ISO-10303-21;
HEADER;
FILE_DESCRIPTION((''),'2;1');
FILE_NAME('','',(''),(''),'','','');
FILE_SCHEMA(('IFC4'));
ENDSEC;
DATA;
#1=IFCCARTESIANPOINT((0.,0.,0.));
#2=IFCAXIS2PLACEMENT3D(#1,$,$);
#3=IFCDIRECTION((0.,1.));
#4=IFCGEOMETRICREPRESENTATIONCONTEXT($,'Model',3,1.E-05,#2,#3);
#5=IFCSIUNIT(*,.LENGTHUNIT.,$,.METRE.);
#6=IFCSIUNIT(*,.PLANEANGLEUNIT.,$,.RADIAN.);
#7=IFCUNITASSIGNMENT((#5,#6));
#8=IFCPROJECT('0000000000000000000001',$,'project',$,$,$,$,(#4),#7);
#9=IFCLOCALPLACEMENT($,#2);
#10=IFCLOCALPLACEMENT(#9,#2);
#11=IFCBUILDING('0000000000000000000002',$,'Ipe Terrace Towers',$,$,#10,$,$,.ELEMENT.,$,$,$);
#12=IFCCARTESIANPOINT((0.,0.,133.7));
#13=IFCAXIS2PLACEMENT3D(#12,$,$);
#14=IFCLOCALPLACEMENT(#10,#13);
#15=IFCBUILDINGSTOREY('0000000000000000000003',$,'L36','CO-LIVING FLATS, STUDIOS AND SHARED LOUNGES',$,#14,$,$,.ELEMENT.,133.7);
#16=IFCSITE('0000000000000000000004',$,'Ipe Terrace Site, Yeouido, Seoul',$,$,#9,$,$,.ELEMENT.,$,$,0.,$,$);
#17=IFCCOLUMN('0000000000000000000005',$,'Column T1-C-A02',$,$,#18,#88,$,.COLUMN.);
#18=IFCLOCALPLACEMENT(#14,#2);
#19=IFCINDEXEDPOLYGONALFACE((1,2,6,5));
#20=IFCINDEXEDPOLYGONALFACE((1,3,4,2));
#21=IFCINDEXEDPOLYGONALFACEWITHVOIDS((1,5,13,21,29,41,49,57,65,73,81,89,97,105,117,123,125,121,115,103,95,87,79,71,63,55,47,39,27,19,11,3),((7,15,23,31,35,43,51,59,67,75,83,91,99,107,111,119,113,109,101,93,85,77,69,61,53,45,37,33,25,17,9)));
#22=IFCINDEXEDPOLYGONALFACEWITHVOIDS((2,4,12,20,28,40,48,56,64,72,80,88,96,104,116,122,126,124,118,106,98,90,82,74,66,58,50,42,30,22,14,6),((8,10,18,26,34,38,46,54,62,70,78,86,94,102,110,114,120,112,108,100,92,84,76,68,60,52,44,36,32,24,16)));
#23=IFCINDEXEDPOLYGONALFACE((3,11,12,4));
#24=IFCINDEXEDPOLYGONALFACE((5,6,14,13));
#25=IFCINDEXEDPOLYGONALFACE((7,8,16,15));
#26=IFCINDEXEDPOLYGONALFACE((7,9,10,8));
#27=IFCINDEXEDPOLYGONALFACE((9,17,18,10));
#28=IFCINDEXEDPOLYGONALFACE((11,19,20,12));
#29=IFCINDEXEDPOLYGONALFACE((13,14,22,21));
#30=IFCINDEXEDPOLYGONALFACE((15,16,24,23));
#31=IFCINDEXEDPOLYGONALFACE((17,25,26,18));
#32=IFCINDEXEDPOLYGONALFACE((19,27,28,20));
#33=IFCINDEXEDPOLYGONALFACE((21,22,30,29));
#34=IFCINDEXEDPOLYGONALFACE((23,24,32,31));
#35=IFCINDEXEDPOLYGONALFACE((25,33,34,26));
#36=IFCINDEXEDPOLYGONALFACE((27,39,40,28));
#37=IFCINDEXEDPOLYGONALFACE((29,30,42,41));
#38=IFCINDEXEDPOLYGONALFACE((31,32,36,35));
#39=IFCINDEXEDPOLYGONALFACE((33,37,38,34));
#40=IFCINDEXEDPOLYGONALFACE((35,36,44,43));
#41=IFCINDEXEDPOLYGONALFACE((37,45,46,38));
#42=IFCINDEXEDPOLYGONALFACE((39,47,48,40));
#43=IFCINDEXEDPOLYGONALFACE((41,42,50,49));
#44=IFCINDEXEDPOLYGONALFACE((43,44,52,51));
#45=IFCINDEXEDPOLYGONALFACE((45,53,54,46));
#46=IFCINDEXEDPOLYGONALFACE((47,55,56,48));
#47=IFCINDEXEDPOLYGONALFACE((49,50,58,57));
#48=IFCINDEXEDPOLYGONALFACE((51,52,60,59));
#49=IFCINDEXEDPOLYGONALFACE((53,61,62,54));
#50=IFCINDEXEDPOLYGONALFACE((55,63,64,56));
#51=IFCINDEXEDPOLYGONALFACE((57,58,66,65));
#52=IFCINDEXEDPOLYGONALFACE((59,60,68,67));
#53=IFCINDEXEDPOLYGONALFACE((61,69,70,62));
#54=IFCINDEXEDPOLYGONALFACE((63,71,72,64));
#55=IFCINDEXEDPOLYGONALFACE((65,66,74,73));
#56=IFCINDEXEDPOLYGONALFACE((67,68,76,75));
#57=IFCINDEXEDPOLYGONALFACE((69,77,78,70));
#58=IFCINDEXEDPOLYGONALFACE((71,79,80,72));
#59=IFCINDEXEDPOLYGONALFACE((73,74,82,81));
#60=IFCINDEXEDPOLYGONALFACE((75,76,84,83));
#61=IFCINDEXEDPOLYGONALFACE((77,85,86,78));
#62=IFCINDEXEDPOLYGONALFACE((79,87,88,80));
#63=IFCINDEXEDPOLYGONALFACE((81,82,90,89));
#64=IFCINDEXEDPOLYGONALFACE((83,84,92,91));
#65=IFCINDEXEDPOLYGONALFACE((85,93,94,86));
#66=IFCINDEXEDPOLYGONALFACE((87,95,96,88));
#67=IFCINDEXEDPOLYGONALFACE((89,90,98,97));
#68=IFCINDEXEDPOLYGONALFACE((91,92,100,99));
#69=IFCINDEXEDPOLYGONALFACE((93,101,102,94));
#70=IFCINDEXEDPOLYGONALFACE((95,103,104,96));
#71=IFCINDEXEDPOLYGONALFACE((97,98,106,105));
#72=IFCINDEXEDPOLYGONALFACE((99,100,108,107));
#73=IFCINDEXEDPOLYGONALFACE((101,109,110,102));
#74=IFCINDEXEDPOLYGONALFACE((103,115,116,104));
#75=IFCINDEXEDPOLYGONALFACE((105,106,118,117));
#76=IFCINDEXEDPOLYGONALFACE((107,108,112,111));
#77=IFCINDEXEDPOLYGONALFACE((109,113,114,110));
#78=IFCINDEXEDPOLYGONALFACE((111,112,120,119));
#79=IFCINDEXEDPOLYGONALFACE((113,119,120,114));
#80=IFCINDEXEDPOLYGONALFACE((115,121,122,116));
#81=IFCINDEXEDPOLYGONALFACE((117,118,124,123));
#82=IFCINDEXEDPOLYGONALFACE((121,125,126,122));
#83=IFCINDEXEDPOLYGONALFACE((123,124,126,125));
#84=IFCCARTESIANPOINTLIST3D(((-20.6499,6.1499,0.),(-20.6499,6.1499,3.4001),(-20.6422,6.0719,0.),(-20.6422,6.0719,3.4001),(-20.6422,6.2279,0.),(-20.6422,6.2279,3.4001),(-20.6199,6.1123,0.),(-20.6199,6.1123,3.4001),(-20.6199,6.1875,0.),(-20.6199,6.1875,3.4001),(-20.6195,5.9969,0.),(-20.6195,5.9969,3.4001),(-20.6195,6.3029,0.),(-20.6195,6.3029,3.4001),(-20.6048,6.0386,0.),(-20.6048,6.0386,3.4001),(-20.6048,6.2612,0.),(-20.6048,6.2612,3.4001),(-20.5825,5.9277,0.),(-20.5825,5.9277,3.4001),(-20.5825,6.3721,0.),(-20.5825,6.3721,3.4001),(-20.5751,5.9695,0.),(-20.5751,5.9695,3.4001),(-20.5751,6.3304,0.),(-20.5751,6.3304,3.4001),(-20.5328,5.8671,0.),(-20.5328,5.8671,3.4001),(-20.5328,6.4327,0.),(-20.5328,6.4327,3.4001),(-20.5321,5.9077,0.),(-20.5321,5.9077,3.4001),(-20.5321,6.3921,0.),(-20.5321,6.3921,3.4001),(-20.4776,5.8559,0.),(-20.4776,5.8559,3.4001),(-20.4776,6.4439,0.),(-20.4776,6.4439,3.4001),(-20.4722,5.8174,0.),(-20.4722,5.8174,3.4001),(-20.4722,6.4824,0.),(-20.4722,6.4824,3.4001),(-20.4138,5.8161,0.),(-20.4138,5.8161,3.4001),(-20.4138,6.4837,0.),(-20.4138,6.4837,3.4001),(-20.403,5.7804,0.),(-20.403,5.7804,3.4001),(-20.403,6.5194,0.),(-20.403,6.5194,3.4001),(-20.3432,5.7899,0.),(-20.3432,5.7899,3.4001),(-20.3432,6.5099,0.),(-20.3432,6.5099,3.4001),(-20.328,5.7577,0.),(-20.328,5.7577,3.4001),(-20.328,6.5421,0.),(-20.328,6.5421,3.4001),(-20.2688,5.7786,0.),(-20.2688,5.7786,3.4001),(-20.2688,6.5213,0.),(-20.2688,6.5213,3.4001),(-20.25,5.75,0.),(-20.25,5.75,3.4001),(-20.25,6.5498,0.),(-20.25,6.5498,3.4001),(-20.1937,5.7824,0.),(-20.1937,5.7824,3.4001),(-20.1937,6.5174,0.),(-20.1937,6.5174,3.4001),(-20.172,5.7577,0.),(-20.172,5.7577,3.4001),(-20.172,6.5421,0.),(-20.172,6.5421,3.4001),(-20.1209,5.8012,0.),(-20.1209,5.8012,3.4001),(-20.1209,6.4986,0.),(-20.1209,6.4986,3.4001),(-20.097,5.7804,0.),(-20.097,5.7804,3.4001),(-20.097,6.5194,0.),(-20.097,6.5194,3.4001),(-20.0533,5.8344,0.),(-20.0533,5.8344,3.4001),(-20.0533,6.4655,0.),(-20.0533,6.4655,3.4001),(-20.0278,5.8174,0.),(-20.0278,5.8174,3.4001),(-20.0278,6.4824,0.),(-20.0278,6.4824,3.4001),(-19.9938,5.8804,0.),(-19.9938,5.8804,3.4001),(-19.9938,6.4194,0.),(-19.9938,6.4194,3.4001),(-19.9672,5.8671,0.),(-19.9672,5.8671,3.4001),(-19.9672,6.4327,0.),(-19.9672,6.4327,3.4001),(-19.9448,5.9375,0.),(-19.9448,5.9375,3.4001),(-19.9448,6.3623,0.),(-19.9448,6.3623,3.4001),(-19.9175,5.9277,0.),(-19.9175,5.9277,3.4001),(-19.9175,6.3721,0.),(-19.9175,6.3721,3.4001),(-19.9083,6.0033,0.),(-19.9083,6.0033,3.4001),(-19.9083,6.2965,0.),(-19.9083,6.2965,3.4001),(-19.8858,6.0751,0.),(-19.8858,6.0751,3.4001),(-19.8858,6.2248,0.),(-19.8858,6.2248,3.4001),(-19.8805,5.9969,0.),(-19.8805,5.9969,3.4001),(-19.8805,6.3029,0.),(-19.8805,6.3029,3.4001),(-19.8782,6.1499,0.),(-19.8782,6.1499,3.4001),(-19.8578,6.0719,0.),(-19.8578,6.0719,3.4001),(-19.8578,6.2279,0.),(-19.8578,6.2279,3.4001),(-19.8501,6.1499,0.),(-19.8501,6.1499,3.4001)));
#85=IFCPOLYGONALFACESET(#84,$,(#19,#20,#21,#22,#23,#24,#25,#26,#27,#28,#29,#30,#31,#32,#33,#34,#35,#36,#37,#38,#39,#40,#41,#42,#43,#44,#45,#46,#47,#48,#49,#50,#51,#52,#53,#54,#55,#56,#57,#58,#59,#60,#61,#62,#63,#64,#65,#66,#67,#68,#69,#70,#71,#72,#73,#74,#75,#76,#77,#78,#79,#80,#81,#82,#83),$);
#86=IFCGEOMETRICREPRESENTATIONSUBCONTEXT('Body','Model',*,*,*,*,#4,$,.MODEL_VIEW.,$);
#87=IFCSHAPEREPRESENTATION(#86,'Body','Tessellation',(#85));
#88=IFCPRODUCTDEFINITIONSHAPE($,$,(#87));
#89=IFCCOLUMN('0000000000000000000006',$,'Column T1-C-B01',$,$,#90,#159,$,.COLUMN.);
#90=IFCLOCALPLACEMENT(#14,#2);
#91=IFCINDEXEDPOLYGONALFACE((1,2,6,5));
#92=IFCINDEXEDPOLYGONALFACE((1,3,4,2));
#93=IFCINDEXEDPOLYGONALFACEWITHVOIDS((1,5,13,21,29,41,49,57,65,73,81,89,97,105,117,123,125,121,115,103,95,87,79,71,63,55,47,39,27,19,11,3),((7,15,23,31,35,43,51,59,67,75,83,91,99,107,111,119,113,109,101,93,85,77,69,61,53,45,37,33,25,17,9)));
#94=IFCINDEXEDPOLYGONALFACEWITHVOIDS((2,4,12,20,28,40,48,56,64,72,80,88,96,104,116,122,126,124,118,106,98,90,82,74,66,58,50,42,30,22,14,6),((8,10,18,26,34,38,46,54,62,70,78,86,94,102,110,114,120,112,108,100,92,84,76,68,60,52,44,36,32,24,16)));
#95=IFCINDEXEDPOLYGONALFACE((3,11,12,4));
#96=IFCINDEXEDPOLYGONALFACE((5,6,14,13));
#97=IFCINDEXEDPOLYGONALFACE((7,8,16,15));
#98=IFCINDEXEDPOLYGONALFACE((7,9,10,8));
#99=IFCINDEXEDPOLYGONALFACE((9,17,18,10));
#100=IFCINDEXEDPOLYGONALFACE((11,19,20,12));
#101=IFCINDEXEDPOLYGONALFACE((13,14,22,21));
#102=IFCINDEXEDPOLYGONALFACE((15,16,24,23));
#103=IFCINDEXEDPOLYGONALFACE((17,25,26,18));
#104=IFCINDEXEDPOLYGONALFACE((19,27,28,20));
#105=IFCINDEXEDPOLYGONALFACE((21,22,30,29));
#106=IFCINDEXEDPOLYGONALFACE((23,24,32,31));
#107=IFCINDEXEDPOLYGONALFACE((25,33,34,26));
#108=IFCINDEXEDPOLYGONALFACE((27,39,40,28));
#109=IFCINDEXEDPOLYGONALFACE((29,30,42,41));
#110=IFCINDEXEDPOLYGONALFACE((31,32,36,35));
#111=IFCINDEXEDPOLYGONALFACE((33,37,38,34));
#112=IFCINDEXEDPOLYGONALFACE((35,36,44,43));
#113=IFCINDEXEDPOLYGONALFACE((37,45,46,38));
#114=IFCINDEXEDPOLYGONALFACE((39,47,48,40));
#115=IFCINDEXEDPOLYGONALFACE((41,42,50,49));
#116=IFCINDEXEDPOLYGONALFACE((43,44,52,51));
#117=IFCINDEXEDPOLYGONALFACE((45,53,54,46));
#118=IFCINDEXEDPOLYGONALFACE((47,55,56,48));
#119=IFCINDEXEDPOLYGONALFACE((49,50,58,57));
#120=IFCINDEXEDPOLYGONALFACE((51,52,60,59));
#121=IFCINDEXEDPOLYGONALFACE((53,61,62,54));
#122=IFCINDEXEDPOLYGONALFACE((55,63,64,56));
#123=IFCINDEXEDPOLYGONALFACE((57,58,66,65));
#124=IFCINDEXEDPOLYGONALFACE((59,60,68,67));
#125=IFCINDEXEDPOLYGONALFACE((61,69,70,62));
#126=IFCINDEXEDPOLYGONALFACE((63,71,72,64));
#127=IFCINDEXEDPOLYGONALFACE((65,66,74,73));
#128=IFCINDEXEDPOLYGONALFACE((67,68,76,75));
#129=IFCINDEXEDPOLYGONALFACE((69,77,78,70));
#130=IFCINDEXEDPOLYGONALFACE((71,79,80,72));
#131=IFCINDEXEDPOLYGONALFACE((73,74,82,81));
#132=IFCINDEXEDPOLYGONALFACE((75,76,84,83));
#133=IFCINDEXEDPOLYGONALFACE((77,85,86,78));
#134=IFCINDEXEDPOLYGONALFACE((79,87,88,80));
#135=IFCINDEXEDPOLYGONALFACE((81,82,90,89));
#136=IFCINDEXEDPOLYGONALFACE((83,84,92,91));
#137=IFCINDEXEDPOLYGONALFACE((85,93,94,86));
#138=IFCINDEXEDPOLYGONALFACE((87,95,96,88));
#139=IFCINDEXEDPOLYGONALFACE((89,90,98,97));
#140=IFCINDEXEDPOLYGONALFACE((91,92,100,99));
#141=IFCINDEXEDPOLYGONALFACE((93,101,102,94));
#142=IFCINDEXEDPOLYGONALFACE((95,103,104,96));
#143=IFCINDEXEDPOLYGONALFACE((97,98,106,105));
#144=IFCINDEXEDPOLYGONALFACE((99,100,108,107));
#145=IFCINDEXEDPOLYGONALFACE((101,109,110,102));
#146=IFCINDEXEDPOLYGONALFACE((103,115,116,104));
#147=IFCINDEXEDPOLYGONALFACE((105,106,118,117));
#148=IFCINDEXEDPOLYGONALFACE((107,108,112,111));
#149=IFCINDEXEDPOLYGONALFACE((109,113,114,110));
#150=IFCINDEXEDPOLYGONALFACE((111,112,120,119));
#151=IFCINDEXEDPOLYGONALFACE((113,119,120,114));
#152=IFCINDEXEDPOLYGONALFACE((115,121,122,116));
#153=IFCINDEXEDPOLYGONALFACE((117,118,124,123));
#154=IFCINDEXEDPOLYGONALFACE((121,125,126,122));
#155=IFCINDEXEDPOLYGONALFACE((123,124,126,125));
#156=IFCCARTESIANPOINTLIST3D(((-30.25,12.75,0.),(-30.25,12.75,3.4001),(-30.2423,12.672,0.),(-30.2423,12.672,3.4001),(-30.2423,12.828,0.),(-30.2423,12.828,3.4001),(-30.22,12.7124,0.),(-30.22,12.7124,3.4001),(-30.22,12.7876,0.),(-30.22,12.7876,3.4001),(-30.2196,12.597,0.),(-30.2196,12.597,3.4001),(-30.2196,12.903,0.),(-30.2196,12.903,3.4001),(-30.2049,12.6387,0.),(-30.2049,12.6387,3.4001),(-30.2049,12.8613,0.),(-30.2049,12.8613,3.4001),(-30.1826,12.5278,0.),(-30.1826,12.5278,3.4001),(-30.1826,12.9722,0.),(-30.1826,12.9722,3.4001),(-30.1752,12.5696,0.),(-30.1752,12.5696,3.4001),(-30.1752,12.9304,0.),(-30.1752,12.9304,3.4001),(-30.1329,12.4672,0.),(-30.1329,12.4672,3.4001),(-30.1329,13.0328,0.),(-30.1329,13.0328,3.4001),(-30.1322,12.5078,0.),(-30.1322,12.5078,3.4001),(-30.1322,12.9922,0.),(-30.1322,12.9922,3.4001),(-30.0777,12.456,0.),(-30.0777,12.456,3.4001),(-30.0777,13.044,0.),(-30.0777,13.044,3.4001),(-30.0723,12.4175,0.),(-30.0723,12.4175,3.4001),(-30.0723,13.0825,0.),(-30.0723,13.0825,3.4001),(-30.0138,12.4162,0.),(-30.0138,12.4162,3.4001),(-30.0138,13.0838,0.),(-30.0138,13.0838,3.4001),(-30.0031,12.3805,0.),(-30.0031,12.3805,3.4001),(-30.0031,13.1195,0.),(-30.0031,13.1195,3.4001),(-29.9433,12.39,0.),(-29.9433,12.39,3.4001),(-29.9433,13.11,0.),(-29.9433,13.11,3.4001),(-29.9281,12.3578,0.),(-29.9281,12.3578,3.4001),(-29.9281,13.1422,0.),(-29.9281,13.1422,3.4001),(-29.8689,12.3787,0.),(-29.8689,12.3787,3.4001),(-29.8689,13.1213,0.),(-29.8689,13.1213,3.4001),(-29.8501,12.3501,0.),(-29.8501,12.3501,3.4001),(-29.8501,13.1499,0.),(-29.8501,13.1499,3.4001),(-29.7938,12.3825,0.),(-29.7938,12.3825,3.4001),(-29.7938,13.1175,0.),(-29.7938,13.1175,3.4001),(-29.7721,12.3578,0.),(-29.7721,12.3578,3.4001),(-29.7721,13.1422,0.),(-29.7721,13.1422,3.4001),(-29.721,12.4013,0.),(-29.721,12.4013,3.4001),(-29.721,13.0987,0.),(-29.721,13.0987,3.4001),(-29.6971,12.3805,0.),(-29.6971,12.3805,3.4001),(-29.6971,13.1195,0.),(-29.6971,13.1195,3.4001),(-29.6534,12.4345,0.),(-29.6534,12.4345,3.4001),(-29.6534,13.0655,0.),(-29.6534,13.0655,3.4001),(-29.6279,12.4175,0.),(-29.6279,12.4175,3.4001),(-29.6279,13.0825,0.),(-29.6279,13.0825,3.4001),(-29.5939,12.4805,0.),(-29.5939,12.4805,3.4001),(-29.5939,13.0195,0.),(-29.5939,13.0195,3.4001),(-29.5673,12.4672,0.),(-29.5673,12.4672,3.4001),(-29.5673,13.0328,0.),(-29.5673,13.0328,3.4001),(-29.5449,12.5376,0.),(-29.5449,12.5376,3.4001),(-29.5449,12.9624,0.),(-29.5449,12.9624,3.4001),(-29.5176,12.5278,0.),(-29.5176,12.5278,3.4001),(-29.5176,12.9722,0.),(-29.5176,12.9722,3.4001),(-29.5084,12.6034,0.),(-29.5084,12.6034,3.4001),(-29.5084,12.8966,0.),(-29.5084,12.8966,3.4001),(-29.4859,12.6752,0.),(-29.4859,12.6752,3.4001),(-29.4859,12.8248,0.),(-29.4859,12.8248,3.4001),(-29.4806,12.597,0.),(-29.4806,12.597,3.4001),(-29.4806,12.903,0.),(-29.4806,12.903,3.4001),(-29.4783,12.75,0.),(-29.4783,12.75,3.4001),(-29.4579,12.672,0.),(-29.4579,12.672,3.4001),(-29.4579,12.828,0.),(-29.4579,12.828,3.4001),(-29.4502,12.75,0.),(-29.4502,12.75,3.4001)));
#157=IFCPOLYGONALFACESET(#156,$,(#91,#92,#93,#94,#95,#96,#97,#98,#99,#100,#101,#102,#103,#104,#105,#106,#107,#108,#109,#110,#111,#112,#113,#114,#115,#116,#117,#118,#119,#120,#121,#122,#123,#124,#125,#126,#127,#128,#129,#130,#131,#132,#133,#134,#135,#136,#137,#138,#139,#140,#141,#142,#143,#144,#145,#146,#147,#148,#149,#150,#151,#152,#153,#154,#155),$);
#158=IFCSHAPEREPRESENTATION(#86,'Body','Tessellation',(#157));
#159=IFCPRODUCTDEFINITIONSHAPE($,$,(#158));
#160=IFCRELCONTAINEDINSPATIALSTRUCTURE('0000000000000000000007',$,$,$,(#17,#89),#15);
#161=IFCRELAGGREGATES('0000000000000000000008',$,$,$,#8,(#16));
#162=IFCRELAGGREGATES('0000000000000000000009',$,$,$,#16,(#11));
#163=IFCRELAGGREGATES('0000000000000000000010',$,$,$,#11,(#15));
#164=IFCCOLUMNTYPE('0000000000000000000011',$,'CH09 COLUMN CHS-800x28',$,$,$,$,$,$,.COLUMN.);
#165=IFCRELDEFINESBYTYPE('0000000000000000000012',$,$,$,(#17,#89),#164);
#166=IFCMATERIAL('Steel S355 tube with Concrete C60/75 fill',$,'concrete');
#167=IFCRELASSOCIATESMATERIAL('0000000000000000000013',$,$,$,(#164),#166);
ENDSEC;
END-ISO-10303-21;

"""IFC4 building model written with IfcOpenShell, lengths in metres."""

from ifc_helpers import new_model, si_unit, direction, frame, origin, origin_2d, place, context, subcontext, project, spatial, hollow_circle, extrude, material, material_profile, profile_set, type_object, element, save


model = new_model("IFC4")

# Units and contexts
model_context = context("Model", 3, precision=1e-05, world=origin(), true_north=direction((0.0, 1.0)))
body_context = subcontext(model_context, "Body", "Model", "MODEL_VIEW")
ifc_project = project(units=[si_unit("LENGTHUNIT", "METRE"), si_unit("PLANEANGLEUNIT", "RADIAN")], contexts=[model_context])

# Site, building, storey
site_placement = place(None, origin())
site = spatial("IfcSite", under=ifc_project, at=site_placement, Name="Ipe Terrace Site, Yeouido, Seoul", CompositionType="ELEMENT", RefElevation=0.0)
building_placement = place(site_placement, origin())
building = spatial("IfcBuilding", under=site, at=building_placement, Name="Ipe Terrace Towers", CompositionType="ELEMENT")
storey_placement = place(building_placement, frame((0.0, 0.0, 133.7)))
storey = spatial("IfcBuildingStorey", under=building, at=storey_placement, Name="L36", Description="CO-LIVING FLATS, STUDIOS AND SHARED LOUNGES", CompositionType="ELEMENT", Elevation=133.7)

# Columns
ifc_material_1 = material(Name="Steel S355 tube with Concrete C60/75 fill", Category="concrete")
ifc_material_profile_1 = material_profile(ifc_material_1, hollow_circle(Radius=0.3999, WallThickness=0.0281, at=origin_2d()), Name="CHS-800x28")
ifc_profile_set_1 = profile_set([ifc_material_profile_1], Name="Steel S355 tube with Concrete C60/75 fill")
column_type_1 = type_object("IfcColumnType", Name="CH09 COLUMN CHS-800x28", PredefinedType="COLUMN", material=ifc_profile_set_1)
for number, where, z_axis, x_axis, name in (
    (1, (-20.25, 6.1499, 0.0), (0.0, 0.0, 1.0), (1.0, 0.0, 0.0), "Column T1-C-A02"),
    (2, (-29.8501, 12.75, 0.0), (0.0, 0.0, 1.0), (1.0, 0.0, 0.0), "Column T1-C-B01"),
):
    element("IfcColumn", number, at=place(storey_placement, frame(where, z_axis=z_axis, x_axis=x_axis)), inside=storey, type_object=column_type_1, Name=name, PredefinedType="COLUMN", context=body_context, shape_type="SweptSolid", body=[
        extrude(hollow_circle(Radius=0.3999, WallThickness=0.0281, at=origin_2d()), origin(), (0.0, 0.0, 1.0), 3.4001),
    ])

save(model, "model.ifc")
